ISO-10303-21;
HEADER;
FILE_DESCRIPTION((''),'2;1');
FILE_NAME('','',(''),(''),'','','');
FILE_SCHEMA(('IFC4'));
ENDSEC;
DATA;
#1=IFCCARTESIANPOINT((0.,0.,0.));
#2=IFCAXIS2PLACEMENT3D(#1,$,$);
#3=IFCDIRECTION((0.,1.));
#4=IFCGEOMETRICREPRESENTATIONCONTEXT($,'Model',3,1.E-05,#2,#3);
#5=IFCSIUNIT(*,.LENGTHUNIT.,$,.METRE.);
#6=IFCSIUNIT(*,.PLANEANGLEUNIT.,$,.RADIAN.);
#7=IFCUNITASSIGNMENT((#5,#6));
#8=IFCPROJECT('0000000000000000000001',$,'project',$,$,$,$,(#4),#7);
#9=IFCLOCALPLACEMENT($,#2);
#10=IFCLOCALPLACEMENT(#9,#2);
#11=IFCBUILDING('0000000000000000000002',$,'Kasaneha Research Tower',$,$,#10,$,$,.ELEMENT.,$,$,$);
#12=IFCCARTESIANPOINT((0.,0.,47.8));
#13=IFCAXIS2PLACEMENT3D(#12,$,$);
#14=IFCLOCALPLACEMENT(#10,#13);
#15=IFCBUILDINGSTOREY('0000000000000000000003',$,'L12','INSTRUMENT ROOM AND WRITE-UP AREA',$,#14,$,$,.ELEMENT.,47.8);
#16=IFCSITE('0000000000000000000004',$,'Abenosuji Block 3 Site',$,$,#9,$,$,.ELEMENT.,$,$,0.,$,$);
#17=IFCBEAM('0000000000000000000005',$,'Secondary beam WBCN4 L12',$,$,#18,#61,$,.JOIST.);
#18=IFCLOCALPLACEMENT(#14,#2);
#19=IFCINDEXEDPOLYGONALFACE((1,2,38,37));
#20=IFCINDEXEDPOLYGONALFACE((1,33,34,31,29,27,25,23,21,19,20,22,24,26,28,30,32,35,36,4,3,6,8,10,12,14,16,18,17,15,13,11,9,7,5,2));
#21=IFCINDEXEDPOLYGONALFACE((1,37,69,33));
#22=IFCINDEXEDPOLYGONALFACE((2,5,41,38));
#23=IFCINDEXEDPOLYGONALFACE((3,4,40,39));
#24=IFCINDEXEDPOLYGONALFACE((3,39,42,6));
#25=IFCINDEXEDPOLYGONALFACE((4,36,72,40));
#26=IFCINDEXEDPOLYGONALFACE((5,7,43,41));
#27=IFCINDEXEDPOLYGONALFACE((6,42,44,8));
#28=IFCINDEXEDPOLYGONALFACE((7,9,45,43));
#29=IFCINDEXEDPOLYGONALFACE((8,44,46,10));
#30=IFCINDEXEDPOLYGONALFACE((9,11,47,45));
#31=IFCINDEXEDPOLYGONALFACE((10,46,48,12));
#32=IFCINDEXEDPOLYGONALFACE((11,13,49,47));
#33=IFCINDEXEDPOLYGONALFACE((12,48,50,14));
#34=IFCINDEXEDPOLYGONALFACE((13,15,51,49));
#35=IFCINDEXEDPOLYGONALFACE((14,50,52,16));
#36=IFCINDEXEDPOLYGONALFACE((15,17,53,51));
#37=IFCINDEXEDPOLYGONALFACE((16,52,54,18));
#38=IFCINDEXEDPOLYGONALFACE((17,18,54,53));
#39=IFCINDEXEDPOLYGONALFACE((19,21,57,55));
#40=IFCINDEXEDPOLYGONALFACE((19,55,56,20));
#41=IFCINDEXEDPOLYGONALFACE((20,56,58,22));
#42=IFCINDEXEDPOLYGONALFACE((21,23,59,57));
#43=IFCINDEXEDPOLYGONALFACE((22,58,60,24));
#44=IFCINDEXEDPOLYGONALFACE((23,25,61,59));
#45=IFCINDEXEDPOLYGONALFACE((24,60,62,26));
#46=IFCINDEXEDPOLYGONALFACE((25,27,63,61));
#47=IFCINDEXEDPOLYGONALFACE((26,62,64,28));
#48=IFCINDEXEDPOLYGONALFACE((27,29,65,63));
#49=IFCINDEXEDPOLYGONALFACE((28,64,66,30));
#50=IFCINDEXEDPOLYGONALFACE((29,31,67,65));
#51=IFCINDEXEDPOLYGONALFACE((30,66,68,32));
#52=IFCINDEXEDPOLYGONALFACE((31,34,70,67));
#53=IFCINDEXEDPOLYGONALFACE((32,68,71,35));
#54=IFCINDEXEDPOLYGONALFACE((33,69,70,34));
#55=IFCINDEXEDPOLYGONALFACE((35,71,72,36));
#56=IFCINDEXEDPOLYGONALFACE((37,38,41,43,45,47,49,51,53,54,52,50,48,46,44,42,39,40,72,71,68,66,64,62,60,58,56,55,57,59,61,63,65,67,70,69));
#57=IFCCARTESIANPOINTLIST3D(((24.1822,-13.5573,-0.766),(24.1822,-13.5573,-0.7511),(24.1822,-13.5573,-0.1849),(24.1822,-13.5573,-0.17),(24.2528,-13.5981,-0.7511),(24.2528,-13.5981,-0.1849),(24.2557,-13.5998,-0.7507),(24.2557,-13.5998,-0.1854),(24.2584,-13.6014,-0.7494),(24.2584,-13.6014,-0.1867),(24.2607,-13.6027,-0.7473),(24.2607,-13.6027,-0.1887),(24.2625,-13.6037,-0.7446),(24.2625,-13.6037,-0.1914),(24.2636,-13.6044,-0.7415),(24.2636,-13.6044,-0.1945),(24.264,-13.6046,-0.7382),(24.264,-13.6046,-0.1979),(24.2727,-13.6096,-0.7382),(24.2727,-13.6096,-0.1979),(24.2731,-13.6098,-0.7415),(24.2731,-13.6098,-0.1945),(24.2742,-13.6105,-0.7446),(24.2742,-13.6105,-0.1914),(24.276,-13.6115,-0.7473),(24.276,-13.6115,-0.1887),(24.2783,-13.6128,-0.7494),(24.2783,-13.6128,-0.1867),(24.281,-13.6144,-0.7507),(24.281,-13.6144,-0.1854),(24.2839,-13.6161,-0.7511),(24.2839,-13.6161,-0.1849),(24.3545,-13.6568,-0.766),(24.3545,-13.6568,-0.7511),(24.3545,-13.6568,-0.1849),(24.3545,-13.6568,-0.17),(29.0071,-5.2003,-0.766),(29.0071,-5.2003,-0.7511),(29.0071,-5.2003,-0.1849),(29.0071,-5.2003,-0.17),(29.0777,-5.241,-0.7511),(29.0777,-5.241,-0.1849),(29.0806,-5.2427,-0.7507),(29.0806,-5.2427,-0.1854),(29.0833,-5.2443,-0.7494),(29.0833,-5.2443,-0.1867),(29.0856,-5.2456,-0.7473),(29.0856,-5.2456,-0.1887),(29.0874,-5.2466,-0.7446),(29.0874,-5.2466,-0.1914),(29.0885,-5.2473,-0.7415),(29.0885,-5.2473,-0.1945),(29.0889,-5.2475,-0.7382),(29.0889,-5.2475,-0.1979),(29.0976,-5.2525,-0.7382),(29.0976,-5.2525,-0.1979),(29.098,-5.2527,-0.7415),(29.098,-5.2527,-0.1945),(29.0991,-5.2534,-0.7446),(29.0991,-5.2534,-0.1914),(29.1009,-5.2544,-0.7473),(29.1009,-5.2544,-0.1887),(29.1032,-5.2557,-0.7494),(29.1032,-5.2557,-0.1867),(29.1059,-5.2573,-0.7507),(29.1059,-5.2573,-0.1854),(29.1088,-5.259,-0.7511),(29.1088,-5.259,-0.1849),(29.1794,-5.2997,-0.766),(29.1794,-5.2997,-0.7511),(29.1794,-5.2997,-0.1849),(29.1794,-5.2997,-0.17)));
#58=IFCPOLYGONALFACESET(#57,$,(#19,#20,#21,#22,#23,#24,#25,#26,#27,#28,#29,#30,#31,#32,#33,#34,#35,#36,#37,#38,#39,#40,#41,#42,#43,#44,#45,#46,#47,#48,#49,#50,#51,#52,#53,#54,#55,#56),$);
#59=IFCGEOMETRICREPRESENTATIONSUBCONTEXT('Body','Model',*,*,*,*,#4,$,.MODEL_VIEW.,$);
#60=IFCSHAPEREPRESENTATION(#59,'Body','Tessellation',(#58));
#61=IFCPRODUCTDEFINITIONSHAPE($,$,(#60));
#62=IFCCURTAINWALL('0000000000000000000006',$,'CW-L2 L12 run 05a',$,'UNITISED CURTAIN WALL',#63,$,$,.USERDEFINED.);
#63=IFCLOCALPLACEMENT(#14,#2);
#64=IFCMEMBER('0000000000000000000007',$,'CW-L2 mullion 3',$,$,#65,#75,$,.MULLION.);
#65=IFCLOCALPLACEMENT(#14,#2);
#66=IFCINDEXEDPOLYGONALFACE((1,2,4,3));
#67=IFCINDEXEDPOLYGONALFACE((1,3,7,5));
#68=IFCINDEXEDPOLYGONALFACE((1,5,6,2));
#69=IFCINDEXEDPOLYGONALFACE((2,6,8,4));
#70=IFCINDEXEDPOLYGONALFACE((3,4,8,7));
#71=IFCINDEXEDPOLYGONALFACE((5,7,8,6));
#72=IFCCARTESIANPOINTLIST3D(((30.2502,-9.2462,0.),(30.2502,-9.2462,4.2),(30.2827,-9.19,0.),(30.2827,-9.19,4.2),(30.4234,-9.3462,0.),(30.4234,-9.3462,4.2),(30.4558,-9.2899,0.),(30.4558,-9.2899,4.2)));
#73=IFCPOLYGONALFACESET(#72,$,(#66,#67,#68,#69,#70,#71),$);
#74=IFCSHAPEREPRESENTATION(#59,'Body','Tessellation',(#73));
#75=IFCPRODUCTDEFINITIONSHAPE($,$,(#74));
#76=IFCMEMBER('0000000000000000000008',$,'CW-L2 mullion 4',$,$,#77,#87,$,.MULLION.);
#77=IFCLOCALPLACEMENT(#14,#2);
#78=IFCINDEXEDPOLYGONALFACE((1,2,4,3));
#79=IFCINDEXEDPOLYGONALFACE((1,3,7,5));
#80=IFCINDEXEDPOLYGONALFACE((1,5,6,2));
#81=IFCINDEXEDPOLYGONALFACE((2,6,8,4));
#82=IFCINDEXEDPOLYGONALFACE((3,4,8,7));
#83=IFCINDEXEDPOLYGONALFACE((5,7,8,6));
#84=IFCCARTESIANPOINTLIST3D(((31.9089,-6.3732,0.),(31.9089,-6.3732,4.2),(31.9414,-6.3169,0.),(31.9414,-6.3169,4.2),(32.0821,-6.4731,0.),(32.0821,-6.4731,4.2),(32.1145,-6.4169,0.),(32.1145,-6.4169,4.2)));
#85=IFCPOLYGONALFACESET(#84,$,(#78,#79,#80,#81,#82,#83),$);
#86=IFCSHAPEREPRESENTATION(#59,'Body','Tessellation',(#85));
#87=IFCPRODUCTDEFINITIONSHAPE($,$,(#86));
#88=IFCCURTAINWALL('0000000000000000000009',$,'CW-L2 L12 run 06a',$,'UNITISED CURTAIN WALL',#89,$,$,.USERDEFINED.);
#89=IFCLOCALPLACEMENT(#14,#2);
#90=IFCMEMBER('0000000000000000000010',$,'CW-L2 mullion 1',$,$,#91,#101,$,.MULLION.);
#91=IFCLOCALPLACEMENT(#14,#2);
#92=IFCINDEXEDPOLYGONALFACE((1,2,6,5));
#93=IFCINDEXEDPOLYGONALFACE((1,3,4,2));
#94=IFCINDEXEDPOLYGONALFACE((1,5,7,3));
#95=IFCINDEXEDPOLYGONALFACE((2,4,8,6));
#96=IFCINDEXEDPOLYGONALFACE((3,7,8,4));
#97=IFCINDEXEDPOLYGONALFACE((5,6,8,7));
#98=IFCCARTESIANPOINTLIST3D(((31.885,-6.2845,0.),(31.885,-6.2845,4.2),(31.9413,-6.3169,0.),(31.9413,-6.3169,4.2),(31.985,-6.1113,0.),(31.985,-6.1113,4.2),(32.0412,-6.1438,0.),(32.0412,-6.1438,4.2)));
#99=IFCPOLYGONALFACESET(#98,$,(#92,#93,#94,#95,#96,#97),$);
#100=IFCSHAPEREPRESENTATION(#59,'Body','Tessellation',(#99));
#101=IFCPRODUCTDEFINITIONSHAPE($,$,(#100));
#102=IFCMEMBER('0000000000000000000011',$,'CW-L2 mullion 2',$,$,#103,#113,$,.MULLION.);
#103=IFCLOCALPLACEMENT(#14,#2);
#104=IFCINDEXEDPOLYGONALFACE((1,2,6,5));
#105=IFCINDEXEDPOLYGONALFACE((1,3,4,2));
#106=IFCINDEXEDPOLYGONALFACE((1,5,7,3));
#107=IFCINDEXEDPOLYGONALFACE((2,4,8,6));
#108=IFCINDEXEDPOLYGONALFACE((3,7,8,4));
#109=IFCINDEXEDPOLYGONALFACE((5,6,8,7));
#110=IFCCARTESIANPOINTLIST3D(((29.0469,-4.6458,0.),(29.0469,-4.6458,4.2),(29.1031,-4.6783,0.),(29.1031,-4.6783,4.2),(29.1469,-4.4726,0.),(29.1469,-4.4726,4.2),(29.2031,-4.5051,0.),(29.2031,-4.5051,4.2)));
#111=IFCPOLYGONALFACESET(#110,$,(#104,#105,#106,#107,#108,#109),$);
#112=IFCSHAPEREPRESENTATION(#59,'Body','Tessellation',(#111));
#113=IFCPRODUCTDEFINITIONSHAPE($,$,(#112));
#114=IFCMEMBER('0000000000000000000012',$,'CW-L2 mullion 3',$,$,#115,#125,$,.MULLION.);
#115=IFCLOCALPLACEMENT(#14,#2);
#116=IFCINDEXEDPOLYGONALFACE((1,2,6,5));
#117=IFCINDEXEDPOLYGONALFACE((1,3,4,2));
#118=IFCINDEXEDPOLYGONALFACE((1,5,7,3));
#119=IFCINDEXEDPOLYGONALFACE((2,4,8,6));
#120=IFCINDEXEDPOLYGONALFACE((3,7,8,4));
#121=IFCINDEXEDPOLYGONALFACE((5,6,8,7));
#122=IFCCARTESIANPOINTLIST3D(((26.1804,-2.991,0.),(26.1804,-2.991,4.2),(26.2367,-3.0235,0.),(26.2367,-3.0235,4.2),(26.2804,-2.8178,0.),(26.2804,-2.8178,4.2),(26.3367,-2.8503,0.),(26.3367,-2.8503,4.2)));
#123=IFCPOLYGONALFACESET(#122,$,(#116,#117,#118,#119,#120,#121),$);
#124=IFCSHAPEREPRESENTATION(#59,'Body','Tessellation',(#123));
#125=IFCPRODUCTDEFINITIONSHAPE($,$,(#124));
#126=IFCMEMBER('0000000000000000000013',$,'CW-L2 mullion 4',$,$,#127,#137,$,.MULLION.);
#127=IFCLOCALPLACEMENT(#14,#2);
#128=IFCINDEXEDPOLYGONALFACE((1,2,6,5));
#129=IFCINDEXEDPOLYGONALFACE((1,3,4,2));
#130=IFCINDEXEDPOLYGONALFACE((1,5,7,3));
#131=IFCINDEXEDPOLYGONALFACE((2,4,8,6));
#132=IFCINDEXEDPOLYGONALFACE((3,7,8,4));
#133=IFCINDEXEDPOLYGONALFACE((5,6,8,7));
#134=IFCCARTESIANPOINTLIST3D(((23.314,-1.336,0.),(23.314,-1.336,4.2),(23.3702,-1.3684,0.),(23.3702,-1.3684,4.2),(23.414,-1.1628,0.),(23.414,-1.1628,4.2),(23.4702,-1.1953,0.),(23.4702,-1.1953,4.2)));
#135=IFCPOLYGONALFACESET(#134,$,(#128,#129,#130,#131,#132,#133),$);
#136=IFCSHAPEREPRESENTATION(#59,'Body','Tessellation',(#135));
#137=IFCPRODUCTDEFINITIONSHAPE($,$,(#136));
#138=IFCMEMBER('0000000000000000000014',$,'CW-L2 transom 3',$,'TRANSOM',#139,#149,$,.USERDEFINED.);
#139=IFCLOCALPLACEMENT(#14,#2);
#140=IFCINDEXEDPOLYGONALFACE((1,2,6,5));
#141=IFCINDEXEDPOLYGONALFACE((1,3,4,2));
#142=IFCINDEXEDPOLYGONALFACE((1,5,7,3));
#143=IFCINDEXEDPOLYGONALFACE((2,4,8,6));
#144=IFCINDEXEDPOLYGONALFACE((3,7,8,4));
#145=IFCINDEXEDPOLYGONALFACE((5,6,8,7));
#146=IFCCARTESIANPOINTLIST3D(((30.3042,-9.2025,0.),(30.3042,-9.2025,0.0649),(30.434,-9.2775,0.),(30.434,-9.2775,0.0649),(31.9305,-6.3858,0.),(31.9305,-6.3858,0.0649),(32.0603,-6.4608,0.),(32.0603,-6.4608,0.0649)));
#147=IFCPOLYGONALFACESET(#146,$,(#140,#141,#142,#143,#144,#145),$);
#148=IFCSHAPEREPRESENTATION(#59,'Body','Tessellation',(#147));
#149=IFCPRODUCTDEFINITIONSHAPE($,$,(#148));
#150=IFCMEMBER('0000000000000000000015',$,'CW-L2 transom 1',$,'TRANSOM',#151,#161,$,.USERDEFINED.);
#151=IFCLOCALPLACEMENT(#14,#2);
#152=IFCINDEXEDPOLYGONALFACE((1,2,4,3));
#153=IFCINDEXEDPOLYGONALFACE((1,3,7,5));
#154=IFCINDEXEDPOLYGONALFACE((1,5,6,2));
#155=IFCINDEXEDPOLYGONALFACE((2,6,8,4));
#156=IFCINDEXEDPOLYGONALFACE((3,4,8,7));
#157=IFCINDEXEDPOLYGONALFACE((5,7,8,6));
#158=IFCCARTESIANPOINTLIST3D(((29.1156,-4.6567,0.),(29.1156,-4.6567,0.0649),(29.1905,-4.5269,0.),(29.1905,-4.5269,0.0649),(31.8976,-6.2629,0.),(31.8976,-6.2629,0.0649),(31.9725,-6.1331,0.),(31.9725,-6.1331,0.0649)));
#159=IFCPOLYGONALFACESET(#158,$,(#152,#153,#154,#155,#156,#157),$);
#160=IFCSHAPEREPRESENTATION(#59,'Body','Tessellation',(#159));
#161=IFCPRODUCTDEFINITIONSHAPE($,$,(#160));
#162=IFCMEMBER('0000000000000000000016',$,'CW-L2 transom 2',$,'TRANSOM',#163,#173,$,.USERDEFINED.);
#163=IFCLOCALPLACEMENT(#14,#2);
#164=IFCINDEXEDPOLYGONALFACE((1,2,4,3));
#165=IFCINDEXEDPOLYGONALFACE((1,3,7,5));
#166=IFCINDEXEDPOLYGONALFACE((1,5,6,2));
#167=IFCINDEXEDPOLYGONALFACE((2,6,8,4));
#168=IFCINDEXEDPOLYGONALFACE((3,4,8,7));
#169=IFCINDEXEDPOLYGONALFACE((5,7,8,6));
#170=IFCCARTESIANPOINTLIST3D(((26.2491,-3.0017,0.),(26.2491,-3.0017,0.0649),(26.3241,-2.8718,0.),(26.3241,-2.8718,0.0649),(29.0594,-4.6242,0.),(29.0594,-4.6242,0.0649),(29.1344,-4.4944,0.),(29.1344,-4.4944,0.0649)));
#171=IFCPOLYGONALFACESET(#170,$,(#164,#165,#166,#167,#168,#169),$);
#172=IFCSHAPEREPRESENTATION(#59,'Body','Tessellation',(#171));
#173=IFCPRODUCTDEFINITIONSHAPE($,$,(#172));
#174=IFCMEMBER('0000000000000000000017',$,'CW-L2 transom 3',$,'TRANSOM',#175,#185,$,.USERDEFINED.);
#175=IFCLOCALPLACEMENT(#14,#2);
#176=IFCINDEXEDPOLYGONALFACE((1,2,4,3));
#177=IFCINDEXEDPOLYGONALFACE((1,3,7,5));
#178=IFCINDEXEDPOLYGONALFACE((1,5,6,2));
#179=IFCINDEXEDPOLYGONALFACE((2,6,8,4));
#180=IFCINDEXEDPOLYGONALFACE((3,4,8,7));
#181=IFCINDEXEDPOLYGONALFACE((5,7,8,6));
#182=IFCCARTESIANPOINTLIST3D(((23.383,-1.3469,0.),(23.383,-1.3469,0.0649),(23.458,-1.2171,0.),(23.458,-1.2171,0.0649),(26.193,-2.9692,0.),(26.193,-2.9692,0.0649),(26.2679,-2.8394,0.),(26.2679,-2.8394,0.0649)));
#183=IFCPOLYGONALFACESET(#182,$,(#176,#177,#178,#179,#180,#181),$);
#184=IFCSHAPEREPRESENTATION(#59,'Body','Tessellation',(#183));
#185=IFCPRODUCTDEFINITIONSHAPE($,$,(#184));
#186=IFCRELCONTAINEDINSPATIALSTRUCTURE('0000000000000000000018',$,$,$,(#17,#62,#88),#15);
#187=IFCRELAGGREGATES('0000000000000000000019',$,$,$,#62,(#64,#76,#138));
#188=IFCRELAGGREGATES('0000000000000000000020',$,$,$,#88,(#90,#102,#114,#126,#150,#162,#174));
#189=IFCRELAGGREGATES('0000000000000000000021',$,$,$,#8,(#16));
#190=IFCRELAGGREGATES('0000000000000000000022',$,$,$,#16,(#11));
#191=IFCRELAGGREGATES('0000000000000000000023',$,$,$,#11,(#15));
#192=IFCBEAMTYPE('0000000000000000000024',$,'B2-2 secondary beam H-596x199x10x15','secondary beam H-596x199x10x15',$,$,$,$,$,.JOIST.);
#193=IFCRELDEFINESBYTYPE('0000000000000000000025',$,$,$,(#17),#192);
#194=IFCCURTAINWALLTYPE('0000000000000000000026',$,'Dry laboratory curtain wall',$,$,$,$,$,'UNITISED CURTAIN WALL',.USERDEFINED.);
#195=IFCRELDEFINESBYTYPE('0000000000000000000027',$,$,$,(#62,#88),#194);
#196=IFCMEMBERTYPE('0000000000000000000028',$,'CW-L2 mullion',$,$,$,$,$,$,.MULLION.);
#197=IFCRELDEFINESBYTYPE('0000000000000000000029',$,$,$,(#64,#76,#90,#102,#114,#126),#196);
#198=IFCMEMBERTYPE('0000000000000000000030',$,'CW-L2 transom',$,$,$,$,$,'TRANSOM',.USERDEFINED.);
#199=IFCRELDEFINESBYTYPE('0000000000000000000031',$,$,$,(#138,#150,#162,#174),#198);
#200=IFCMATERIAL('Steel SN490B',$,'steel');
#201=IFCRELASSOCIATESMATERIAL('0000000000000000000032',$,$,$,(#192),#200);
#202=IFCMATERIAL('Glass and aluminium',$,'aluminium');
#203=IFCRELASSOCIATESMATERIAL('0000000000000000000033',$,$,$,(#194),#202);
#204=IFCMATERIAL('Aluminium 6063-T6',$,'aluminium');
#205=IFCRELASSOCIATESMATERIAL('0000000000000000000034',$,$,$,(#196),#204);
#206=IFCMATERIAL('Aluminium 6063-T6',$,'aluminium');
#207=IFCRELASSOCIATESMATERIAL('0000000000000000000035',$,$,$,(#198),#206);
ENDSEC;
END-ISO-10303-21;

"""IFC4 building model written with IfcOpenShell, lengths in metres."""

from ifc_helpers import new_model, si_unit, direction, frame, origin, origin_2d, place, context, subcontext, project, spatial, rectangle, i_section, extrude, material, material_profile, profile_set, type_object, element, aggregate, save


model = new_model("IFC4")

# Units and contexts
model_context = context("Model", 3, precision=1e-05, world=origin(), true_north=direction((0.0, 1.0)))
body_context = subcontext(model_context, "Body", "Model", "MODEL_VIEW")
ifc_project = project(units=[si_unit("LENGTHUNIT", "METRE"), si_unit("PLANEANGLEUNIT", "RADIAN")], contexts=[model_context])

# Site, building, storey
site_placement = place(None, origin())
site = spatial("IfcSite", under=ifc_project, at=site_placement, Name="Abenosuji Block 3 Site", CompositionType="ELEMENT", RefElevation=0.0)
building_placement = place(site_placement, origin())
building = spatial("IfcBuilding", under=site, at=building_placement, Name="Kasaneha Research Tower", CompositionType="ELEMENT")
storey_placement = place(building_placement, frame((0.0, 0.0, 47.8)))
storey = spatial("IfcBuildingStorey", under=building, at=storey_placement, Name="L12", Description="INSTRUMENT ROOM AND WRITE-UP AREA", CompositionType="ELEMENT", Elevation=47.8)

# Beam
ifc_material_1 = material(Name="Steel SN490B", Category="steel")
ifc_material_profile_1 = material_profile(ifc_material_1, i_section(OverallWidth=0.199, OverallDepth=0.5959, WebThickness=0.01, FlangeThickness=0.0149, FilletRadius=0.0129, at=origin_2d()), Name="H-596x199x10x15")
ifc_profile_set_1 = profile_set([ifc_material_profile_1], Name="Steel SN490B")
beam_type_1 = type_object("IfcBeamType", Name="B2-2 secondary beam H-596x199x10x15", Description="secondary beam H-596x199x10x15", PredefinedType="JOIST", material=ifc_profile_set_1)
for number, where, z_axis, x_axis, name in (
    (1, (29.0933, -5.25, -0.468), (-0.499995, -0.866028, 0.0), (0.866028, -0.499995, 0.0), "Secondary beam WBCN4 L12"),
):
    element("IfcBeam", number, at=place(storey_placement, frame(where, z_axis=z_axis, x_axis=x_axis)), inside=storey, type_object=beam_type_1, Name=name, PredefinedType="JOIST", context=body_context, shape_type="SweptSolid", body=[
        extrude(i_section(OverallWidth=0.199, OverallDepth=0.5959, WebThickness=0.01, FlangeThickness=0.0149, FilletRadius=0.0129, at=origin_2d()), origin(), (0.0, 0.0, 1.0), 9.6499),
    ])

# Curtain walls, members
ifc_material_2 = material(Name="Glass and aluminium", Category="aluminium")
curtain_wall_type = type_object("IfcCurtainWallType", Name="Dry laboratory curtain wall", ElementType="UNITISED CURTAIN WALL", PredefinedType="USERDEFINED", material=ifc_material_2)
curtain_wall_1_placement = place(storey_placement, origin())
curtain_wall_1 = element("IfcCurtainWall", 2, at=curtain_wall_1_placement, inside=storey, type_object=curtain_wall_type, Name="CW-L2 L12 run 05a", ObjectType="UNITISED CURTAIN WALL", PredefinedType="USERDEFINED")
ifc_material_3 = material(Name="Aluminium 6063-T6", Category="aluminium")
ifc_material_profile_2 = material_profile(ifc_material_3, rectangle(XDim=0.0649, YDim=0.2, at=origin_2d()), Name="CW-L2 mullion 65x200")
ifc_profile_set_2 = profile_set([ifc_material_profile_2], Name="Aluminium 6063-T6")
member_type_1 = type_object("IfcMemberType", Name="CW-L2 mullion", PredefinedType="MULLION", material=ifc_profile_set_2)
member_1_placement = place(storey_placement, frame((30.353, -9.2681, 0.0), z_axis=(0.0, 0.0, 1.0), x_axis=(0.5, 0.866025, 0.0)))
member_1 = element("IfcMember", 3, at=member_1_placement, type_object=member_type_1, Name="CW-L2 mullion 3", PredefinedType="MULLION", context=body_context, shape_type="SweptSolid", body=[
    extrude(rectangle(XDim=0.0649, YDim=0.2, at=origin_2d()), origin(), (0.0, 0.0, 1.0), 4.2),
])
member_2_placement = place(storey_placement, frame((32.0117, -6.395, 0.0), z_axis=(0.0, 0.0, 1.0), x_axis=(0.5, 0.866025, 0.0)))
member_2 = element("IfcMember", 4, at=member_2_placement, type_object=member_type_1, Name="CW-L2 mullion 4", PredefinedType="MULLION", context=body_context, shape_type="SweptSolid", body=[
    extrude(rectangle(XDim=0.0649, YDim=0.2, at=origin_2d()), origin(), (0.0, 0.0, 1.0), 4.2),
])
curtain_wall_2_placement = place(storey_placement, origin())
curtain_wall_2 = element("IfcCurtainWall", 5, at=curtain_wall_2_placement, inside=storey, type_object=curtain_wall_type, Name="CW-L2 L12 run 06a", ObjectType="UNITISED CURTAIN WALL", PredefinedType="USERDEFINED")
member_3_placement = place(storey_placement, frame((31.9631, -6.2141, 0.0), z_axis=(0.0, 0.0, 1.0), x_axis=(-0.866025, 0.5, 0.0)))
member_3 = element("IfcMember", 6, at=member_3_placement, type_object=member_type_1, Name="CW-L2 mullion 1", PredefinedType="MULLION", context=body_context, shape_type="SweptSolid", body=[
    extrude(rectangle(XDim=0.0649, YDim=0.2, at=origin_2d()), origin(), (0.0, 0.0, 1.0), 4.2),
])
member_4_placement = place(storey_placement, frame((29.125, -4.5754, 0.0), z_axis=(0.0, 0.0, 1.0), x_axis=(-0.866025, 0.5, 0.0)))
member_4 = element("IfcMember", 7, at=member_4_placement, type_object=member_type_1, Name="CW-L2 mullion 2", PredefinedType="MULLION", context=body_context, shape_type="SweptSolid", body=[
    extrude(rectangle(XDim=0.0649, YDim=0.2, at=origin_2d()), origin(), (0.0, 0.0, 1.0), 4.2),
])
member_5_placement = place(storey_placement, frame((26.2585, -2.9207, 0.0), z_axis=(0.0, 0.0, 1.0), x_axis=(-0.866025, 0.5, 0.0)))
member_5 = element("IfcMember", 8, at=member_5_placement, type_object=member_type_1, Name="CW-L2 mullion 3", PredefinedType="MULLION", context=body_context, shape_type="SweptSolid", body=[
    extrude(rectangle(XDim=0.0649, YDim=0.2, at=origin_2d()), origin(), (0.0, 0.0, 1.0), 4.2),
])
member_6_placement = place(storey_placement, frame((23.3921, -1.2656, 0.0), z_axis=(0.0, 0.0, 1.0), x_axis=(-0.866025, 0.5, 0.0)))
member_6 = element("IfcMember", 9, at=member_6_placement, type_object=member_type_1, Name="CW-L2 mullion 4", PredefinedType="MULLION", context=body_context, shape_type="SweptSolid", body=[
    extrude(rectangle(XDim=0.0649, YDim=0.2, at=origin_2d()), origin(), (0.0, 0.0, 1.0), 4.2),
])

# Members
ifc_material_4 = material(Name="Aluminium 6063-T6", Category="aluminium")
ifc_material_profile_3 = material_profile(ifc_material_4, rectangle(XDim=0.1499, YDim=0.0649, at=origin_2d()), Name="CW-L2 transom 150x65")
ifc_profile_set_3 = profile_set([ifc_material_profile_3], Name="Aluminium 6063-T6")
member_type_2 = type_object("IfcMemberType", Name="CW-L2 transom", ElementType="TRANSOM", PredefinedType="USERDEFINED", material=ifc_profile_set_3)
member_7_placement = place(storey_placement, frame((30.3691, -9.24, 0.0325), z_axis=(0.500006, 0.866022, 0.0), x_axis=(-0.866022, 0.500006, 0.0)))
member_7 = element("IfcMember", 10, at=member_7_placement, type_object=member_type_2, Name="CW-L2 transom 3", ObjectType="TRANSOM", PredefinedType="USERDEFINED", context=body_context, shape_type="SweptSolid", body=[
    extrude(rectangle(XDim=0.1499, YDim=0.0649, at=origin_2d()), origin(), (0.0, 0.0, 1.0), 3.2524),
])
member_8_placement = place(storey_placement, frame((31.9351, -6.198, 0.0325), z_axis=(-0.866022, 0.500005, 0.0), x_axis=(-0.500005, -0.866022, 0.0)))
member_8 = element("IfcMember", 11, at=member_8_placement, type_object=member_type_2, Name="CW-L2 transom 1", ObjectType="TRANSOM", PredefinedType="USERDEFINED", context=body_context, shape_type="SweptSolid", body=[
    extrude(rectangle(XDim=0.1499, YDim=0.0649, at=origin_2d()), origin(), (0.0, 0.0, 1.0), 3.2124),
])
member_9_placement = place(storey_placement, frame((29.0969, -4.5593, 0.0325), z_axis=(-0.866021, 0.500007, 0.0), x_axis=(-0.500007, -0.866021, 0.0)))
member_9 = element("IfcMember", 12, at=member_9_placement, type_object=member_type_2, Name="CW-L2 transom 2", ObjectType="TRANSOM", PredefinedType="USERDEFINED", context=body_context, shape_type="SweptSolid", body=[
    extrude(rectangle(XDim=0.1499, YDim=0.0649, at=origin_2d()), origin(), (0.0, 0.0, 1.0), 3.2451),
])
member_10_placement = place(storey_placement, frame((26.2305, -2.9043, 0.0325), z_axis=(-0.866035, 0.499983, 0.0), x_axis=(-0.499983, -0.866035, 0.0)))
member_10 = element("IfcMember", 13, at=member_10_placement, type_object=member_type_2, Name="CW-L2 transom 3", ObjectType="TRANSOM", PredefinedType="USERDEFINED", context=body_context, shape_type="SweptSolid", body=[
    extrude(rectangle(XDim=0.1499, YDim=0.0649, at=origin_2d()), origin(), (0.0, 0.0, 1.0), 3.2446),
])

aggregate(curtain_wall_1, [member_1, member_2, member_7])
aggregate(curtain_wall_2, [member_3, member_4, member_5, member_6, member_8, member_9, member_10])

save(model, "model.ifc")
